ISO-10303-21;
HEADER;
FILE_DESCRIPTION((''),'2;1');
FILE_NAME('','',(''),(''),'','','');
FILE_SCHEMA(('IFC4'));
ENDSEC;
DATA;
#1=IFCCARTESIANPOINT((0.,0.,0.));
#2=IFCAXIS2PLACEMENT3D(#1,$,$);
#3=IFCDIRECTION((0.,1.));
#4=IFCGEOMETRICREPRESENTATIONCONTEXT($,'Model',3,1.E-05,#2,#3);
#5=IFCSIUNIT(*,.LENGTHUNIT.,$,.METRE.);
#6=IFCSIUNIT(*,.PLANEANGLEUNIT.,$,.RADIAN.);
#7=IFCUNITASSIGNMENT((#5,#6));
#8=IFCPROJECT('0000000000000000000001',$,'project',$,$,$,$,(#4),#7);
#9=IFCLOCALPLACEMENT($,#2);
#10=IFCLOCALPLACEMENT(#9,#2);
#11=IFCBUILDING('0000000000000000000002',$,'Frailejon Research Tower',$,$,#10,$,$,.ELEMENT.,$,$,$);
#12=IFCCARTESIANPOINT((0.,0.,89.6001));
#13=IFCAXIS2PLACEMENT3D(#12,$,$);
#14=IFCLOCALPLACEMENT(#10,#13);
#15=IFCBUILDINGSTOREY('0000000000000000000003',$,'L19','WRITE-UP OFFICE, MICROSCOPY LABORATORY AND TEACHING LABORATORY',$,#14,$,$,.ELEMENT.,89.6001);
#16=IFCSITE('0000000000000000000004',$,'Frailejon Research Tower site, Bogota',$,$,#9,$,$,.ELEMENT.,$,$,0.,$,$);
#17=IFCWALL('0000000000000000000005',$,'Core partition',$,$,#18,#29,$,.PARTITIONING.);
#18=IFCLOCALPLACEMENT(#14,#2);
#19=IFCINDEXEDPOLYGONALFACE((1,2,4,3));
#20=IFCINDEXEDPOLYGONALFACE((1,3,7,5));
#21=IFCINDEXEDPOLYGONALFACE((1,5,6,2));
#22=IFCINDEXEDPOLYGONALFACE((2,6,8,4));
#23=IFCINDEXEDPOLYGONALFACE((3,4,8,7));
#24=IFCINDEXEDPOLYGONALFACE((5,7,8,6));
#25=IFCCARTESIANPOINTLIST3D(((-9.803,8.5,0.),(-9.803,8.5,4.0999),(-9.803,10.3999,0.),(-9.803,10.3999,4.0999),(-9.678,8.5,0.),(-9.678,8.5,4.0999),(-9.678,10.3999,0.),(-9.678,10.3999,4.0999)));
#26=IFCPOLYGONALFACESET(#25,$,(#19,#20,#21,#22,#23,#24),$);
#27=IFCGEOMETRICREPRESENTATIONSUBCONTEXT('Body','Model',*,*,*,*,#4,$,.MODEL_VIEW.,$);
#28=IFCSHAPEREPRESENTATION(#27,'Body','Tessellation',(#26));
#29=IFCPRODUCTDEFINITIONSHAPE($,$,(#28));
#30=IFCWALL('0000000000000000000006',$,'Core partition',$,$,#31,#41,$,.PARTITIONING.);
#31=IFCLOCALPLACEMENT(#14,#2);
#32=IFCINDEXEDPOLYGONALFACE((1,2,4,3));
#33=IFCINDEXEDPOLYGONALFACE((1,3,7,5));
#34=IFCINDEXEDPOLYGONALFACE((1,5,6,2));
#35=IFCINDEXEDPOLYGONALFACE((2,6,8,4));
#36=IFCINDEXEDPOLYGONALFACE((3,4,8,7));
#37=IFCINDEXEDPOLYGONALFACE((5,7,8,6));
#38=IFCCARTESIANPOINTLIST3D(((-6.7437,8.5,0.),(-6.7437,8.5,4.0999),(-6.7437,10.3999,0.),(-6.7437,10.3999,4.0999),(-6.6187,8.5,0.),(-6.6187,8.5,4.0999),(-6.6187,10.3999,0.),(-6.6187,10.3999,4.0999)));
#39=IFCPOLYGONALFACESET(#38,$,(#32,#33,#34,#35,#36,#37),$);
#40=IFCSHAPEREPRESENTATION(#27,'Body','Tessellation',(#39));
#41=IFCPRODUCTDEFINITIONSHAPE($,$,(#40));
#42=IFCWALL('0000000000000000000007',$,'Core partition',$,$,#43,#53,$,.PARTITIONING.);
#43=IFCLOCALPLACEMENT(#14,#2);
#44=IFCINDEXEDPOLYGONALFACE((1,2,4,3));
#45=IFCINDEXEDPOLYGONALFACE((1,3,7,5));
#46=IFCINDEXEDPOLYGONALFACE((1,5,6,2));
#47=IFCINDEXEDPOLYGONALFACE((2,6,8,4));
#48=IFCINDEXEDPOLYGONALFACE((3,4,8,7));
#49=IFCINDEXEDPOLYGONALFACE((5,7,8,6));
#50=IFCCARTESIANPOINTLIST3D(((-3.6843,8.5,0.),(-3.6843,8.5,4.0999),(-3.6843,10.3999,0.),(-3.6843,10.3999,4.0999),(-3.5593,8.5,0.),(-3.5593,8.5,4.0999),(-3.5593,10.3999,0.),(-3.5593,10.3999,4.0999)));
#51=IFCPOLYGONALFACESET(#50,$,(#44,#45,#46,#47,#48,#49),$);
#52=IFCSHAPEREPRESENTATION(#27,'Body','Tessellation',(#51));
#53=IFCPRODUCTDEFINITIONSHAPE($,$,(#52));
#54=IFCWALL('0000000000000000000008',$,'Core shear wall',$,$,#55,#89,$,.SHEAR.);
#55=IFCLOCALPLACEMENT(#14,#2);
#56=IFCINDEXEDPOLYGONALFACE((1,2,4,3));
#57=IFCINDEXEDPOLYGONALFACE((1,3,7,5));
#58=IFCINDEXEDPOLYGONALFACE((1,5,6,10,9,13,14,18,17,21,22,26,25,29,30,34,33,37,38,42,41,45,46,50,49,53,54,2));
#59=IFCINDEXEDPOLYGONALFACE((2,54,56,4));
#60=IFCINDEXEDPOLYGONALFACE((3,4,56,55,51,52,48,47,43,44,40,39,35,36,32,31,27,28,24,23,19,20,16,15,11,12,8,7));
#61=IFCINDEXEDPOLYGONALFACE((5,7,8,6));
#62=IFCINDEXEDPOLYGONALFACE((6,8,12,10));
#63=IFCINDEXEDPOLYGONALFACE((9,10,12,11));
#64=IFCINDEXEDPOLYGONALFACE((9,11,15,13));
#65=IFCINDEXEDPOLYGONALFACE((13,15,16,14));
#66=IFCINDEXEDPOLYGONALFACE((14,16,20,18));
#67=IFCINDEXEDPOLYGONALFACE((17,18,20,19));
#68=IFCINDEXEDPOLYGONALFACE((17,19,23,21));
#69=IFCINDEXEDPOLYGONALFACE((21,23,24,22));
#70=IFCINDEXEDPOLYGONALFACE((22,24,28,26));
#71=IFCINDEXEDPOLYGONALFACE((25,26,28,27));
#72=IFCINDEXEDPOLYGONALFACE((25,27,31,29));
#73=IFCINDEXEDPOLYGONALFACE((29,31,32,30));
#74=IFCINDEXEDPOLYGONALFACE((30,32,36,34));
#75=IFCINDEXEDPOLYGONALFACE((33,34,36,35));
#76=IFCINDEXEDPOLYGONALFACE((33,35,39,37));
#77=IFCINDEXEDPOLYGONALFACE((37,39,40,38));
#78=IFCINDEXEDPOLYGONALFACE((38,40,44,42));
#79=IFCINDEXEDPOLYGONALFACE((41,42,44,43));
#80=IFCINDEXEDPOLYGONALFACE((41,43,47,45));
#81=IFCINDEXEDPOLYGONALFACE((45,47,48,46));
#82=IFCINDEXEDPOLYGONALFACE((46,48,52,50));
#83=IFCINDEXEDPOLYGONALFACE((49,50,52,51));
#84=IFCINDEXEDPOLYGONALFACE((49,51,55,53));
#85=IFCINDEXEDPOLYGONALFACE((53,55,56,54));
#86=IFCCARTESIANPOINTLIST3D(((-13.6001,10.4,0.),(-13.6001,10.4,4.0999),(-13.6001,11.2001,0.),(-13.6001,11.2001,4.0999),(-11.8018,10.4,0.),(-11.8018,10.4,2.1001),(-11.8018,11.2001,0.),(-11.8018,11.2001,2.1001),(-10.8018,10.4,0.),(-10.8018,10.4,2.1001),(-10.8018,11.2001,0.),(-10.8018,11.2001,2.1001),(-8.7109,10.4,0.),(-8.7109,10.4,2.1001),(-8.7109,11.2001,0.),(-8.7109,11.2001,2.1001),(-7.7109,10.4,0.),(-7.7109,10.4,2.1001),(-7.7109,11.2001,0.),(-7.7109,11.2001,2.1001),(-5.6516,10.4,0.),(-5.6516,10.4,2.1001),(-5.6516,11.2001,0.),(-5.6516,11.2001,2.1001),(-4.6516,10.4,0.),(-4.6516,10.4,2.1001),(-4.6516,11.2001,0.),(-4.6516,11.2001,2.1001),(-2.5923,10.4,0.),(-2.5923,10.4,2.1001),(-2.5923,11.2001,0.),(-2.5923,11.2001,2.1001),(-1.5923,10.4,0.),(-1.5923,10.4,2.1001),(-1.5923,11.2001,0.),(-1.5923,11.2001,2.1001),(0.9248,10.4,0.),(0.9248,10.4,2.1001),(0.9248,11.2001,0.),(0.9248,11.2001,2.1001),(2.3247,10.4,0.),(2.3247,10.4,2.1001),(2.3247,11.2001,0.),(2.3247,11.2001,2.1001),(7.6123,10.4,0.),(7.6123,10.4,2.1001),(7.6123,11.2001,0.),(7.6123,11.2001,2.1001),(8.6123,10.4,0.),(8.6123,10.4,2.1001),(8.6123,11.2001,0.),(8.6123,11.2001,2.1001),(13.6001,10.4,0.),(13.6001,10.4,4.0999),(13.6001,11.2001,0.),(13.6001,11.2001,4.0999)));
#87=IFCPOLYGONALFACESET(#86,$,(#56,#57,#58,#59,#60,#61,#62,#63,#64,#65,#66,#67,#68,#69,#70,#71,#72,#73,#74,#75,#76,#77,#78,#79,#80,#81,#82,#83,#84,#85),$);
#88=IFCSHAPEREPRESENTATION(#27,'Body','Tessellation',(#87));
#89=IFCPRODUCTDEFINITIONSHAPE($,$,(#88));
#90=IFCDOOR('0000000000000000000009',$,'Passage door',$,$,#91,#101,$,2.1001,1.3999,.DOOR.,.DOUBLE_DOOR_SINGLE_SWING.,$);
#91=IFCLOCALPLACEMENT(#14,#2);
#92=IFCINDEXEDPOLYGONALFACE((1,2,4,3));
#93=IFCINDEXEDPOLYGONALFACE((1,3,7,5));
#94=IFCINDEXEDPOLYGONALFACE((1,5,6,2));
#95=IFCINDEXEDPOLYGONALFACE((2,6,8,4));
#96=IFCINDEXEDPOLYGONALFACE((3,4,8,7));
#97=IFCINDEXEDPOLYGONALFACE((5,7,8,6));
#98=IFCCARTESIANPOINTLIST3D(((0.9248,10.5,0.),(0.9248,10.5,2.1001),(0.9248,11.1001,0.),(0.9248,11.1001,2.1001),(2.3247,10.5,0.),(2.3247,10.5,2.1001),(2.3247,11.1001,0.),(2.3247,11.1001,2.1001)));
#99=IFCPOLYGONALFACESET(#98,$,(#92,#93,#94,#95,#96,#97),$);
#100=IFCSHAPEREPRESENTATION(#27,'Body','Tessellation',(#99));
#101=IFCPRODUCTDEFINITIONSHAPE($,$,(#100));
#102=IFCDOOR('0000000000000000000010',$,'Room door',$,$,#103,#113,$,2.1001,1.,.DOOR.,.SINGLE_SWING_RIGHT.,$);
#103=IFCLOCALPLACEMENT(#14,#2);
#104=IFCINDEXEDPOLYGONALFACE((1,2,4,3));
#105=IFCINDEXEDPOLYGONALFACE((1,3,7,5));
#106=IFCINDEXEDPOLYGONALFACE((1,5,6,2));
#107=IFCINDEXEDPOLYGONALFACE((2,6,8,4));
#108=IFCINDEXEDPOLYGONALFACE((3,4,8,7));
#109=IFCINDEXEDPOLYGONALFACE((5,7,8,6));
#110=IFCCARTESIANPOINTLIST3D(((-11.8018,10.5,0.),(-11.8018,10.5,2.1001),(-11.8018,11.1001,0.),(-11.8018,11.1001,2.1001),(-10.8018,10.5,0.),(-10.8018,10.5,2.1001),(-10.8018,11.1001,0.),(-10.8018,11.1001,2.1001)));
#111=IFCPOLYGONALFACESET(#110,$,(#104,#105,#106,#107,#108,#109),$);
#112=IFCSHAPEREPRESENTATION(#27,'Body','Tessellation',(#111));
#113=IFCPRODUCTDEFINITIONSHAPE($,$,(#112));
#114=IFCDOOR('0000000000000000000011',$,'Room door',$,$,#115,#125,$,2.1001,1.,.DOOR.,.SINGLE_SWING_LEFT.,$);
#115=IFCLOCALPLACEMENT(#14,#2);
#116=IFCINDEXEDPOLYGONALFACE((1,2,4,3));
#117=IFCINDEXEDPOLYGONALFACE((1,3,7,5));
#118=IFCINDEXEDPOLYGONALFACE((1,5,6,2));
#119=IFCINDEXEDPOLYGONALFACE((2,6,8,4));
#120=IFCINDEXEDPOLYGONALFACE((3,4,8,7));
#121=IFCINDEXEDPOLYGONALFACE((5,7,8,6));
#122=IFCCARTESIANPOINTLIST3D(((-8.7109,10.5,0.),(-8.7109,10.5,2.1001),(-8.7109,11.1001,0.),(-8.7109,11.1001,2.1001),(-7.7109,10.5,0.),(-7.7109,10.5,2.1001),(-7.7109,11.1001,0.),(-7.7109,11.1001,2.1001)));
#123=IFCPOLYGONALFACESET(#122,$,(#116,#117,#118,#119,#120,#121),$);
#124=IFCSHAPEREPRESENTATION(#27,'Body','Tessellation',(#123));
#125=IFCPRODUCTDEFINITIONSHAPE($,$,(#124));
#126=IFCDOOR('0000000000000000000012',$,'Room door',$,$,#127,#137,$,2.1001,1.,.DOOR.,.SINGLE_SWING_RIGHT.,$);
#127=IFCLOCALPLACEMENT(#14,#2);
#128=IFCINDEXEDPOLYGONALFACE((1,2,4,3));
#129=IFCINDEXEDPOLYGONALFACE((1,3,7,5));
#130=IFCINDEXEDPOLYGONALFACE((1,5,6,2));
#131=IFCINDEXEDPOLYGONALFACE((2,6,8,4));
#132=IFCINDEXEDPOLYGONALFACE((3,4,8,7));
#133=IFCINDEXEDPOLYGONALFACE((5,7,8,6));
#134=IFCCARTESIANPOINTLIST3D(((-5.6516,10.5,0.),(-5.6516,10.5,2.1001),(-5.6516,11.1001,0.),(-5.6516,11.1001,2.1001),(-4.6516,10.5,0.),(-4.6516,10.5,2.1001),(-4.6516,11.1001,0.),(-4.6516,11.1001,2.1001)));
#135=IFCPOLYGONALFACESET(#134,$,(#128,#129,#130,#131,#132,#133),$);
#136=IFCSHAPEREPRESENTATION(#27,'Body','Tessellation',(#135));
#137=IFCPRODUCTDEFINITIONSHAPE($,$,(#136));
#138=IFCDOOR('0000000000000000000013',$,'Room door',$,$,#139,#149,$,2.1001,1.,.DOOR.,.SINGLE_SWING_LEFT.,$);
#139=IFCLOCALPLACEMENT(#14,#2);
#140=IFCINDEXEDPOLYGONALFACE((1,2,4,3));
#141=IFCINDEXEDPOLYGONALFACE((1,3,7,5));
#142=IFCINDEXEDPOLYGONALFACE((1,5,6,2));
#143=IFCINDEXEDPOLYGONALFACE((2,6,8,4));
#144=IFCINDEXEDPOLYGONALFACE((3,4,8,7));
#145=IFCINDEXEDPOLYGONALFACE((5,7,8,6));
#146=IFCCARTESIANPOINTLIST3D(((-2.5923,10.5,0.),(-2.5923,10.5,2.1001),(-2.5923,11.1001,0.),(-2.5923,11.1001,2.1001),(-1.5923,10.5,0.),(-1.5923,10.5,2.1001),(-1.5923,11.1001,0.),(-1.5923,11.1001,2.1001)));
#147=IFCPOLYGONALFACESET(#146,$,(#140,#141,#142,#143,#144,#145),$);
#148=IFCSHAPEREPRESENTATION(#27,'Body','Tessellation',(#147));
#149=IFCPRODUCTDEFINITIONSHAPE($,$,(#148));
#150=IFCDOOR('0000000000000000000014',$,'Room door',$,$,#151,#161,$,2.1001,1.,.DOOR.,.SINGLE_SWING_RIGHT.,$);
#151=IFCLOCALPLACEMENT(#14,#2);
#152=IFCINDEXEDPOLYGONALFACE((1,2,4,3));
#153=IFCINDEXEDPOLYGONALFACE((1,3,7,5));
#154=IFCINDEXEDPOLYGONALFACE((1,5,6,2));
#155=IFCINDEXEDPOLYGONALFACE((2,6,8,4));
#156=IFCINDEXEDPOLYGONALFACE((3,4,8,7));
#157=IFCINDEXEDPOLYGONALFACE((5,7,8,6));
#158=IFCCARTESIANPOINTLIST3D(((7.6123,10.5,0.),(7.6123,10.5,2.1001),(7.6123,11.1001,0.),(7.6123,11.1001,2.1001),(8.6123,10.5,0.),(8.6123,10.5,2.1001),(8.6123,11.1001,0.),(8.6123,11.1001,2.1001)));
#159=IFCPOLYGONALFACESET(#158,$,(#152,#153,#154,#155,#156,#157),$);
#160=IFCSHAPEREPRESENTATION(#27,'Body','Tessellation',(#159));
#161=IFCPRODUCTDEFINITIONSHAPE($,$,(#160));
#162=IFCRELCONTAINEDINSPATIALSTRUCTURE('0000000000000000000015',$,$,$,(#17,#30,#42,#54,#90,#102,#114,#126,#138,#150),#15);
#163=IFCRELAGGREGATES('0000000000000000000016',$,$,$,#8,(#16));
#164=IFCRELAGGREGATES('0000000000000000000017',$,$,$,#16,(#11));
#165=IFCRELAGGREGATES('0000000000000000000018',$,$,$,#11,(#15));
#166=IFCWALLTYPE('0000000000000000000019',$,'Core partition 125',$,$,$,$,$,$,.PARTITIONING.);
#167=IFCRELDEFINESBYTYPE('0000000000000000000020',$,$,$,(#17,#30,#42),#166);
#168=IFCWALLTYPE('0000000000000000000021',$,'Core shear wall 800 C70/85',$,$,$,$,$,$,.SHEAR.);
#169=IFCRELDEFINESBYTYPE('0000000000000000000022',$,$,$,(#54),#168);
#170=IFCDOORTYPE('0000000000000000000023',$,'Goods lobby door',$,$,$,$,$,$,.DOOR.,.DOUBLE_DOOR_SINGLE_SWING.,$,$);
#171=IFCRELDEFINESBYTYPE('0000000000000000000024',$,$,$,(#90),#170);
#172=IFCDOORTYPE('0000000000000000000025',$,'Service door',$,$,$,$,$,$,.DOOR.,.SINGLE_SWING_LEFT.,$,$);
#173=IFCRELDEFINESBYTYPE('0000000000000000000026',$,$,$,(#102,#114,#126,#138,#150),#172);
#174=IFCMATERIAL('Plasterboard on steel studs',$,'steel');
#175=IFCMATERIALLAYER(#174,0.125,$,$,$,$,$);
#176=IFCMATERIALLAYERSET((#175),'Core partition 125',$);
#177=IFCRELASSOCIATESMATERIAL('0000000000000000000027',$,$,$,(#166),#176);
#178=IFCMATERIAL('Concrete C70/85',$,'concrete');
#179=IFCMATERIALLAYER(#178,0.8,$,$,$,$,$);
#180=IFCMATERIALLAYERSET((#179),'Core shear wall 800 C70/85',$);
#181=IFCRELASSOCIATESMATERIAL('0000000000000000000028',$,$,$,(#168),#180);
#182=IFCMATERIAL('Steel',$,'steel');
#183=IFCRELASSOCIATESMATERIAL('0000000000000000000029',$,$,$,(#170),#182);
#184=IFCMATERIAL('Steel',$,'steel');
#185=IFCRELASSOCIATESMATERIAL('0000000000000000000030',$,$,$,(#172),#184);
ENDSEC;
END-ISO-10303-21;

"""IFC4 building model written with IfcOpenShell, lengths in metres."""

from ifc_helpers import new_model, si_unit, direction, frame, frame_2d, origin, place, context, subcontext, project, spatial, rectangle, extrude, material, layer, layer_set, type_object, element, fill, save


model = new_model("IFC4")

# Units and contexts
model_context = context("Model", 3, precision=1e-05, world=origin(), true_north=direction((0.0, 1.0)))
body_context = subcontext(model_context, "Body", "Model", "MODEL_VIEW")
ifc_project = project(units=[si_unit("LENGTHUNIT", "METRE"), si_unit("PLANEANGLEUNIT", "RADIAN")], contexts=[model_context])

# Site, building, storey
site_placement = place(None, origin())
site = spatial("IfcSite", under=ifc_project, at=site_placement, Name="Frailejon Research Tower site, Bogota", CompositionType="ELEMENT", RefElevation=0.0)
building_placement = place(site_placement, origin())
building = spatial("IfcBuilding", under=site, at=building_placement, Name="Frailejon Research Tower", CompositionType="ELEMENT")
storey_placement = place(building_placement, frame((0.0, 0.0, 89.6001)))
storey = spatial("IfcBuildingStorey", under=building, at=storey_placement, Name="L19", Description="WRITE-UP OFFICE, MICROSCOPY LABORATORY AND TEACHING LABORATORY", CompositionType="ELEMENT", Elevation=89.6001)

# Walls
ifc_material_1 = material(Name="Plasterboard on steel studs", Category="steel")
ifc_layer_1 = layer(ifc_material_1, 0.125)
ifc_layer_set_1 = layer_set([ifc_layer_1], Name="Core partition 125")
wall_type_1 = type_object("IfcWallType", Name="Core partition 125", PredefinedType="PARTITIONING", material=ifc_layer_set_1)
for number, where, z_axis, x_axis, name in (
    (1, (-9.7405, 8.5, 0.0), (0.0, 0.0, 1.0), (0.0, 1.0, 0.0), "Core partition"),
    (2, (-6.6812, 8.5, 0.0), (0.0, 0.0, 1.0), (0.0, 1.0, 0.0), "Core partition"),
    (3, (-3.6218, 8.5, 0.0), (0.0, 0.0, 1.0), (0.0, 1.0, 0.0), "Core partition"),
):
    element("IfcWall", number, at=place(storey_placement, frame(where, z_axis=z_axis, x_axis=x_axis)), inside=storey, type_object=wall_type_1, Name=name, PredefinedType="PARTITIONING", context=body_context, shape_type="SweptSolid", body=[
        extrude(rectangle(XDim=1.8999, YDim=0.125, at=frame_2d((0.95, 0.0))), origin(), (0.0, 0.0, 1.0), 4.0999),
    ])

# Wall, openings, doors
ifc_material_2 = material(Name="Concrete C70/85", Category="concrete")
ifc_layer_2 = layer(ifc_material_2, 0.8)
ifc_layer_set_2 = layer_set([ifc_layer_2], Name="Core shear wall 800 C70/85")
wall_type_2 = type_object("IfcWallType", Name="Core shear wall 800 C70/85", PredefinedType="SHEAR", material=ifc_layer_set_2)
wall_1_placement = place(storey_placement, frame((-13.6001, 10.8, 0.0), z_axis=(0.0, 0.0, 1.0), x_axis=(1.0, 0.0, 0.0)))
wall_1 = element("IfcWall", 4, at=wall_1_placement, inside=storey, type_object=wall_type_2, Name="Core shear wall", PredefinedType="SHEAR", context=body_context, shape_type="SweptSolid", body=[
    extrude(rectangle(XDim=27.2002, YDim=0.8, at=frame_2d((13.6001, 0.0))), origin(), (0.0, 0.0, 1.0), 4.0999),
])
opening_1_placement = place(wall_1_placement, frame((1.7983, 0.0, 0.0)))
opening_1 = element("IfcOpeningElement", 5, at=opening_1_placement, cuts=wall_1, PredefinedType="OPENING", context=body_context, shape_type="SweptSolid", body=[
    extrude(rectangle(XDim=1.0, YDim=2.1001, at=frame_2d((0.5, 1.05))), frame((0.0, 0.4099, 0.0), z_axis=(0.0, -1.0, 0.0), x_axis=(1.0, 0.0, 0.0)), (0.0, 0.0, 1.0), 0.8201),
])
opening_2_placement = place(wall_1_placement, frame((4.8892, 0.0, 0.0)))
opening_2 = element("IfcOpeningElement", 6, at=opening_2_placement, cuts=wall_1, PredefinedType="OPENING", context=body_context, shape_type="SweptSolid", body=[
    extrude(rectangle(XDim=1.0, YDim=2.1001, at=frame_2d((0.5, 1.05))), frame((0.0, 0.4099, 0.0), z_axis=(0.0, -1.0, 0.0), x_axis=(1.0, 0.0, 0.0)), (0.0, 0.0, 1.0), 0.8201),
])
opening_3_placement = place(wall_1_placement, frame((7.9485, 0.0, 0.0)))
opening_3 = element("IfcOpeningElement", 7, at=opening_3_placement, cuts=wall_1, PredefinedType="OPENING", context=body_context, shape_type="SweptSolid", body=[
    extrude(rectangle(XDim=1.0, YDim=2.1001, at=frame_2d((0.5, 1.05))), frame((0.0, 0.4099, 0.0), z_axis=(0.0, -1.0, 0.0), x_axis=(1.0, 0.0, 0.0)), (0.0, 0.0, 1.0), 0.8201),
])
opening_4_placement = place(wall_1_placement, frame((11.0078, 0.0, 0.0)))
opening_4 = element("IfcOpeningElement", 8, at=opening_4_placement, cuts=wall_1, PredefinedType="OPENING", context=body_context, shape_type="SweptSolid", body=[
    extrude(rectangle(XDim=1.0, YDim=2.1001, at=frame_2d((0.5, 1.05))), frame((0.0, 0.4099, 0.0), z_axis=(0.0, -1.0, 0.0), x_axis=(1.0, 0.0, 0.0)), (0.0, 0.0, 1.0), 0.8201),
])
opening_5_placement = place(wall_1_placement, frame((21.2124, 0.0, 0.0)))
opening_5 = element("IfcOpeningElement", 9, at=opening_5_placement, cuts=wall_1, PredefinedType="OPENING", context=body_context, shape_type="SweptSolid", body=[
    extrude(rectangle(XDim=1.0, YDim=2.1001, at=frame_2d((0.5, 1.05))), frame((0.0, 0.4099, 0.0), z_axis=(0.0, -1.0, 0.0), x_axis=(1.0, 0.0, 0.0)), (0.0, 0.0, 1.0), 0.8201),
])
opening_6_placement = place(wall_1_placement, frame((14.5249, 0.0, 0.0)))
opening_6 = element("IfcOpeningElement", 10, at=opening_6_placement, cuts=wall_1, PredefinedType="OPENING", context=body_context, shape_type="SweptSolid", body=[
    extrude(rectangle(XDim=1.3999, YDim=2.1001, at=frame_2d((0.7, 1.05))), frame((0.0, 0.4099, 0.0), z_axis=(0.0, -1.0, 0.0), x_axis=(1.0, 0.0, 0.0)), (0.0, 0.0, 1.0), 0.8201),
])
ifc_material_3 = material(Name="Steel", Category="steel")
door_type_1 = type_object("IfcDoorType", Name="Goods lobby door", OperationType="DOUBLE_DOOR_SINGLE_SWING", PredefinedType="DOOR", material=ifc_material_3)
door_1_placement = place(opening_6_placement, origin())
door_1 = element("IfcDoor", 11, at=door_1_placement, inside=storey, type_object=door_type_1, Name="Passage door", OperationType="DOUBLE_DOOR_SINGLE_SWING", OverallHeight=2.1001, OverallWidth=1.3999, PredefinedType="DOOR", context=body_context, shape_type="SweptSolid", body=[
    extrude(rectangle(XDim=1.3999, YDim=2.1001, at=frame_2d((0.7, 1.05))), frame((0.0, 0.3, 0.0), z_axis=(0.0, -1.0, 0.0), x_axis=(1.0, 0.0, 0.0)), (0.0, 0.0, 1.0), 0.6001),
])
fill(opening_6, door_1)
ifc_material_4 = material(Name="Steel", Category="steel")
door_type_2 = type_object("IfcDoorType", Name="Service door", OperationType="SINGLE_SWING_LEFT", PredefinedType="DOOR", material=ifc_material_4)
door_2_placement = place(opening_1_placement, origin())
door_2 = element("IfcDoor", 12, at=door_2_placement, inside=storey, type_object=door_type_2, Name="Room door", OperationType="SINGLE_SWING_RIGHT", OverallHeight=2.1001, OverallWidth=1.0, PredefinedType="DOOR", context=body_context, shape_type="SweptSolid", body=[
    extrude(rectangle(XDim=1.0, YDim=2.1001, at=frame_2d((0.5, 1.05))), frame((0.0, 0.3, 0.0), z_axis=(0.0, -1.0, 0.0), x_axis=(1.0, 0.0, 0.0)), (0.0, 0.0, 1.0), 0.6001),
])
fill(opening_1, door_2)
door_3_placement = place(opening_2_placement, origin())
door_3 = element("IfcDoor", 13, at=door_3_placement, inside=storey, type_object=door_type_2, Name="Room door", OperationType="SINGLE_SWING_LEFT", OverallHeight=2.1001, OverallWidth=1.0, PredefinedType="DOOR", context=body_context, shape_type="SweptSolid", body=[
    extrude(rectangle(XDim=1.0, YDim=2.1001, at=frame_2d((0.5, 1.05))), frame((0.0, 0.3, 0.0), z_axis=(0.0, -1.0, 0.0), x_axis=(1.0, 0.0, 0.0)), (0.0, 0.0, 1.0), 0.6001),
])
fill(opening_2, door_3)
door_4_placement = place(opening_3_placement, origin())
door_4 = element("IfcDoor", 14, at=door_4_placement, inside=storey, type_object=door_type_2, Name="Room door", OperationType="SINGLE_SWING_RIGHT", OverallHeight=2.1001, OverallWidth=1.0, PredefinedType="DOOR", context=body_context, shape_type="SweptSolid", body=[
    extrude(rectangle(XDim=1.0, YDim=2.1001, at=frame_2d((0.5, 1.05))), frame((0.0, 0.3, 0.0), z_axis=(0.0, -1.0, 0.0), x_axis=(1.0, 0.0, 0.0)), (0.0, 0.0, 1.0), 0.6001),
])
fill(opening_3, door_4)
door_5_placement = place(opening_4_placement, origin())
door_5 = element("IfcDoor", 15, at=door_5_placement, inside=storey, type_object=door_type_2, Name="Room door", OperationType="SINGLE_SWING_LEFT", OverallHeight=2.1001, OverallWidth=1.0, PredefinedType="DOOR", context=body_context, shape_type="SweptSolid", body=[
    extrude(rectangle(XDim=1.0, YDim=2.1001, at=frame_2d((0.5, 1.05))), frame((0.0, 0.3, 0.0), z_axis=(0.0, -1.0, 0.0), x_axis=(1.0, 0.0, 0.0)), (0.0, 0.0, 1.0), 0.6001),
])
fill(opening_4, door_5)
door_6_placement = place(opening_5_placement, origin())
door_6 = element("IfcDoor", 16, at=door_6_placement, inside=storey, type_object=door_type_2, Name="Room door", OperationType="SINGLE_SWING_RIGHT", OverallHeight=2.1001, OverallWidth=1.0, PredefinedType="DOOR", context=body_context, shape_type="SweptSolid", body=[
    extrude(rectangle(XDim=1.0, YDim=2.1001, at=frame_2d((0.5, 1.05))), frame((0.0, 0.3, 0.0), z_axis=(0.0, -1.0, 0.0), x_axis=(1.0, 0.0, 0.0)), (0.0, 0.0, 1.0), 0.6001),
])
fill(opening_5, door_6)

save(model, "model.ifc")
